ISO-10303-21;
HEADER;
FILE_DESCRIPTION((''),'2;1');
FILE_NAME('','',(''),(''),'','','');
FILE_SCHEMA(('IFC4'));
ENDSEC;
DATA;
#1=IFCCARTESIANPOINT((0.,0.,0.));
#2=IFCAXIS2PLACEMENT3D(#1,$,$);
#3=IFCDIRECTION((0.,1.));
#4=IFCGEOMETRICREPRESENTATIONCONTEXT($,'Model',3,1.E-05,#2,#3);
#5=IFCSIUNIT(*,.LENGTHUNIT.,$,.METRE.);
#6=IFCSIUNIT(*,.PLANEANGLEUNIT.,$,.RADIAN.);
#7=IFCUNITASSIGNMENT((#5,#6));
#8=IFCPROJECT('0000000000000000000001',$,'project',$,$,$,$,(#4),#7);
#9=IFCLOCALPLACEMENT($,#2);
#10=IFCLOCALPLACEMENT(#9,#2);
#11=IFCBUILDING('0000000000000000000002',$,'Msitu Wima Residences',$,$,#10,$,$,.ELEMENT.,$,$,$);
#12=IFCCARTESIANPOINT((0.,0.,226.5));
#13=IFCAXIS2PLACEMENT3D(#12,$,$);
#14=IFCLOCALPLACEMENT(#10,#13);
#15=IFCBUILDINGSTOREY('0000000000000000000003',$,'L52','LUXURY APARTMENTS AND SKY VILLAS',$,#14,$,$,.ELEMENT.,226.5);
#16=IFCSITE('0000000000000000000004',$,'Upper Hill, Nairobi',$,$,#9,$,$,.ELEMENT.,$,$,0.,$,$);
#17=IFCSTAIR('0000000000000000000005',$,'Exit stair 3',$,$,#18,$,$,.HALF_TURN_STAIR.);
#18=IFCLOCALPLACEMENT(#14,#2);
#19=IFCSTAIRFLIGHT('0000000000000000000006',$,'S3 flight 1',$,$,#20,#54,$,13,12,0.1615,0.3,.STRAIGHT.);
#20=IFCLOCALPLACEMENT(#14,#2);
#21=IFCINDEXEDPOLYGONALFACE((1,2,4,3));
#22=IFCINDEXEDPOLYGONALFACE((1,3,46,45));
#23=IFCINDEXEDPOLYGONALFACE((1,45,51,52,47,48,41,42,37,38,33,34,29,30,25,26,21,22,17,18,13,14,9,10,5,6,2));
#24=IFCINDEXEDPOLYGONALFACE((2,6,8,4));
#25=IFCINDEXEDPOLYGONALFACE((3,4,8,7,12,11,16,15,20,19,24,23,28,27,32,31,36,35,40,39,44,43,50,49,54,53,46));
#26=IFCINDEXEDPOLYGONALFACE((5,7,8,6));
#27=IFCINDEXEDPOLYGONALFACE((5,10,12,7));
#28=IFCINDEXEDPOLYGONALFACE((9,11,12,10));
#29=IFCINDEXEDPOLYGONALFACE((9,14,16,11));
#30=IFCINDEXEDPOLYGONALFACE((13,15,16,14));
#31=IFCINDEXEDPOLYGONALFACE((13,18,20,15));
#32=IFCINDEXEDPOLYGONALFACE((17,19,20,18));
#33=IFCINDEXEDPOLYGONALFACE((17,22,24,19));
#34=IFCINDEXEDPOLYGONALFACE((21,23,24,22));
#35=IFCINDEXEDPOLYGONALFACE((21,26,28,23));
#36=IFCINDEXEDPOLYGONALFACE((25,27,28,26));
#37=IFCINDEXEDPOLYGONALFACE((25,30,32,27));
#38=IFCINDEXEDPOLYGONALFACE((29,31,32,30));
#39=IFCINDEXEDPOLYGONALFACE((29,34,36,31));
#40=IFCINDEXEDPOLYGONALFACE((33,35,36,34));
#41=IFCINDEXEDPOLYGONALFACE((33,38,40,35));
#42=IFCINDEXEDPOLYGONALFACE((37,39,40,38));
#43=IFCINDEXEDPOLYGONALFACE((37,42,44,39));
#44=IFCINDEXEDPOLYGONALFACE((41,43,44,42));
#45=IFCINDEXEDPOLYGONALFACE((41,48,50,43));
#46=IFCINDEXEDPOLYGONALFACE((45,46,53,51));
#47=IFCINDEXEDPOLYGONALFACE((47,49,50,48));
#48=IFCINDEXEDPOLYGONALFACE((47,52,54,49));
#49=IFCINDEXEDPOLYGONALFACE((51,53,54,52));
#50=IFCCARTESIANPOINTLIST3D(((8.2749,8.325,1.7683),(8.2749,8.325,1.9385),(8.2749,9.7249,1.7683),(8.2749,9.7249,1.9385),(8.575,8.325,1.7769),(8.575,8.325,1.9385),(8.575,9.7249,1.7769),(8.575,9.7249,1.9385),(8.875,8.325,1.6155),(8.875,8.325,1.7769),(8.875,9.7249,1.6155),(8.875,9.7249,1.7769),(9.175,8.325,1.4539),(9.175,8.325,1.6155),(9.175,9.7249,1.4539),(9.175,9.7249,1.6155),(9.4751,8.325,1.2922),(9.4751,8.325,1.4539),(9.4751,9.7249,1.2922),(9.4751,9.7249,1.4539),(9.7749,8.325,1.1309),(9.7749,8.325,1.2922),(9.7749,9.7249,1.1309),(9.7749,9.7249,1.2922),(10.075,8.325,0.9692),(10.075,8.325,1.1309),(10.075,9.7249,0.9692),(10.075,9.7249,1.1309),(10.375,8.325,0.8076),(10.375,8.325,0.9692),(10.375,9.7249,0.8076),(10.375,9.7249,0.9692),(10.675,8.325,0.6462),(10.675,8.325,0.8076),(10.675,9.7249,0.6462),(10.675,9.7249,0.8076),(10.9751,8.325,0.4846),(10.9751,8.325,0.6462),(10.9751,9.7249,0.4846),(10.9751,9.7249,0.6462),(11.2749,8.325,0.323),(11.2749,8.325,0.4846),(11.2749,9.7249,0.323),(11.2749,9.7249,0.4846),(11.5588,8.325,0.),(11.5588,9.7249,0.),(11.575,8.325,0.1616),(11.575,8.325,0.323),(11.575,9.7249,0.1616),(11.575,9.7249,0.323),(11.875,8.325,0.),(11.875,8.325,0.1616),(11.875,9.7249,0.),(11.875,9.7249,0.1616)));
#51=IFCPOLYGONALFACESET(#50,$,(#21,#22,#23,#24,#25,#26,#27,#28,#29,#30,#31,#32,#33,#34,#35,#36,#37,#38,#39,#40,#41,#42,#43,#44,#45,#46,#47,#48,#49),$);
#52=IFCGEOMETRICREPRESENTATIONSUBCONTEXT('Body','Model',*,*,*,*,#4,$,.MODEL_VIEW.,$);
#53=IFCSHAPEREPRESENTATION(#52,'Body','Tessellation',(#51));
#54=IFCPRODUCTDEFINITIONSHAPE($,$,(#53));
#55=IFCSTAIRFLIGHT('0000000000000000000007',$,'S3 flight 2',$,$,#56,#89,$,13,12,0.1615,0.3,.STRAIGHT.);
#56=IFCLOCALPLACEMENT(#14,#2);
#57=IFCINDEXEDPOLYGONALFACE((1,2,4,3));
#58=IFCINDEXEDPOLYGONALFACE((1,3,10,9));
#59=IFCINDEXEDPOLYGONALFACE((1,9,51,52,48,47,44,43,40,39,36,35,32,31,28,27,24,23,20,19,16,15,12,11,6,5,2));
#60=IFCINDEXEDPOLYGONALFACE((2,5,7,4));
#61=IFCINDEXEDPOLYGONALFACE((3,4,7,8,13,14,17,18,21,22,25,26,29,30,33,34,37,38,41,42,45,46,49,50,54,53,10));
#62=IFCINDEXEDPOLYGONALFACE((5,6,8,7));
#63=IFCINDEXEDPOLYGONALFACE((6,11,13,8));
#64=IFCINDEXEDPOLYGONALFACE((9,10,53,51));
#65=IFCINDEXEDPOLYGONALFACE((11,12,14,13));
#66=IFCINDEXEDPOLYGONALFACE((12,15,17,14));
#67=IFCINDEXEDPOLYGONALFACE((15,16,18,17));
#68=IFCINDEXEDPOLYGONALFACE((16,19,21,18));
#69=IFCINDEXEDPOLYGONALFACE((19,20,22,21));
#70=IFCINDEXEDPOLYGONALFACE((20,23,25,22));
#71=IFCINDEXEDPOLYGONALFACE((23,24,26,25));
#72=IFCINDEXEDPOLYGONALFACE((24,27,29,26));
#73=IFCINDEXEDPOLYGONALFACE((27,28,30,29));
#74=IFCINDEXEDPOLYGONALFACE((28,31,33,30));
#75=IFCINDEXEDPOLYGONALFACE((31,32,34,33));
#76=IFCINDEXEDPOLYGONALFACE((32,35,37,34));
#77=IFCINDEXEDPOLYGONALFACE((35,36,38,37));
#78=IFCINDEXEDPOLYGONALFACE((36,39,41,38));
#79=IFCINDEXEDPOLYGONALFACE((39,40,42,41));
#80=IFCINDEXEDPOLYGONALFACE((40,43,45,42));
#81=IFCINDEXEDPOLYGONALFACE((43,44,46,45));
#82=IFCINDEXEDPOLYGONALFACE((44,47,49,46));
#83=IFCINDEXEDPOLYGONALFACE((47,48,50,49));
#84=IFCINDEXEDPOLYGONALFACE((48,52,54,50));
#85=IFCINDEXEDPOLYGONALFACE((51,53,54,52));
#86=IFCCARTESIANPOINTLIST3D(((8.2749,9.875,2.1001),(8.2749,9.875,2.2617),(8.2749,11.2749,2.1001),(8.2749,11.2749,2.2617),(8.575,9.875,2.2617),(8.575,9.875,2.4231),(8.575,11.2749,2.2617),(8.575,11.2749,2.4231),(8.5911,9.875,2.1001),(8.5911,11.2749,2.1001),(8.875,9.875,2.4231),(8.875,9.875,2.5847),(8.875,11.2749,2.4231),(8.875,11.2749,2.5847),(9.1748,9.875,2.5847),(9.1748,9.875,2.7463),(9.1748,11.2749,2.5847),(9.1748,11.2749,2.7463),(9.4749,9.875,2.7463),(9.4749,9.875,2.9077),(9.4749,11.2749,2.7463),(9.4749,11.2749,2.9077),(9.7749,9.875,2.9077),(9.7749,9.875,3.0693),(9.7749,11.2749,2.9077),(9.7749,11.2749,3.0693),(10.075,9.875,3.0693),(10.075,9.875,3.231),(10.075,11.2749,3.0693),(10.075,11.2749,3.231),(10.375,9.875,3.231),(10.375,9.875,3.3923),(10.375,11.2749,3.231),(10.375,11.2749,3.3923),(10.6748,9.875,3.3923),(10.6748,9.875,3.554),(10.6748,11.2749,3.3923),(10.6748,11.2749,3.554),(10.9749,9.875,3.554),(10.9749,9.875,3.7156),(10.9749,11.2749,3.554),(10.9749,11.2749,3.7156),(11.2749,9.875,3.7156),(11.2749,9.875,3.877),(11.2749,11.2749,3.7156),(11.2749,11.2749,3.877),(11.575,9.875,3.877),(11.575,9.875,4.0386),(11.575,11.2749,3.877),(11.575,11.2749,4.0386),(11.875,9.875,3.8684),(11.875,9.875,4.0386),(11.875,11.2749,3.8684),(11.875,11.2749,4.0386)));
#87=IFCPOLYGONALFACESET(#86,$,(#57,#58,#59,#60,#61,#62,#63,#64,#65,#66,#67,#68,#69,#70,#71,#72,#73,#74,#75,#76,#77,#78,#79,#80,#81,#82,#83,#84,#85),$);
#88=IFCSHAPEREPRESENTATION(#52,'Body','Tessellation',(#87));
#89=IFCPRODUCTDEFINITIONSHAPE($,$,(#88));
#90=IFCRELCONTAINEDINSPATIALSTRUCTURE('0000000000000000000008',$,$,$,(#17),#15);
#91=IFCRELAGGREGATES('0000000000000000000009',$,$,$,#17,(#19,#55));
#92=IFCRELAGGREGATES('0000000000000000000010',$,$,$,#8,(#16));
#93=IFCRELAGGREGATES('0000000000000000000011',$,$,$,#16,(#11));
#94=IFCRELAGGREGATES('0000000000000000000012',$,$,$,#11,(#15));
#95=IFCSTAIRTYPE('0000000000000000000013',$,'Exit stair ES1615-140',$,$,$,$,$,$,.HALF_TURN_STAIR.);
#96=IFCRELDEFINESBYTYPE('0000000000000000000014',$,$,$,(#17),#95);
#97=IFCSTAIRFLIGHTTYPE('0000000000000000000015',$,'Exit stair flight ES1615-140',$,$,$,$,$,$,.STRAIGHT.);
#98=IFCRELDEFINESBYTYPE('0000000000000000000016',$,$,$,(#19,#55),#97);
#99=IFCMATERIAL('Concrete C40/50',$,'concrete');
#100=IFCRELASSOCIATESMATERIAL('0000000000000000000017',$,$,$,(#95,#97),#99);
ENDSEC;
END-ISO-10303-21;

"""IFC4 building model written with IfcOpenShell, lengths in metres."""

from ifc_helpers import new_model, si_unit, direction, frame, origin, place, context, subcontext, project, spatial, polyline, outline, extrude, material, type_object, element, aggregate, save


model = new_model("IFC4")

# Units and contexts
model_context = context("Model", 3, precision=1e-05, world=origin(), true_north=direction((0.0, 1.0)))
body_context = subcontext(model_context, "Body", "Model", "MODEL_VIEW")
ifc_project = project(units=[si_unit("LENGTHUNIT", "METRE"), si_unit("PLANEANGLEUNIT", "RADIAN")], contexts=[model_context])

# Site, building, storey
site_placement = place(None, origin())
site = spatial("IfcSite", under=ifc_project, at=site_placement, Name="Upper Hill, Nairobi", CompositionType="ELEMENT", RefElevation=0.0)
building_placement = place(site_placement, origin())
building = spatial("IfcBuilding", under=site, at=building_placement, Name="Msitu Wima Residences", CompositionType="ELEMENT")
storey_placement = place(building_placement, frame((0.0, 0.0, 226.5)))
storey = spatial("IfcBuildingStorey", under=building, at=storey_placement, Name="L52", Description="LUXURY APARTMENTS AND SKY VILLAS", CompositionType="ELEMENT", Elevation=226.5)

# Shared definitions
ifc_material_1 = material(Name="Concrete C40/50", Category="concrete")

# Stair, stair flights
stair_type = type_object("IfcStairType", Name="Exit stair ES1615-140", PredefinedType="HALF_TURN_STAIR", material=ifc_material_1)
stair_placement = place(storey_placement, origin())
stair = element("IfcStair", 1, at=stair_placement, inside=storey, type_object=stair_type, Name="Exit stair 3", PredefinedType="HALF_TURN_STAIR")
stair_flight_type = type_object("IfcStairFlightType", Name="Exit stair flight ES1615-140", PredefinedType="STRAIGHT", material=ifc_material_1)
stair_flight_1_placement = place(storey_placement, frame((11.875, 9.0249, 0.0), z_axis=(0.0, 0.0, 1.0), x_axis=(-1.0, 0.0, 0.0)))
stair_flight_1 = element("IfcStairFlight", 2, at=stair_flight_1_placement, type_object=stair_flight_type, Name="S3 flight 1", NumberOfRisers=13, NumberOfTreads=12, PredefinedType="STRAIGHT", RiserHeight=0.1615, TreadLength=0.3, context=body_context, shape_type="SweptSolid", body=[
    extrude(outline(polyline([(0.0, 0.0), (0.0, 0.1616), (0.3, 0.1616), (0.3, 0.323), (0.6001, 0.323), (0.6001, 0.4846), (0.8999, 0.4846), (0.8999, 0.6462), (1.2, 0.6462), (1.2, 0.8076), (1.5, 0.8076), (1.5, 0.9692), (1.8, 0.9692), (1.8, 1.1309), (2.1001, 1.1309), (2.1001, 1.2922), (2.3999, 1.2922), (2.3999, 1.4539), (2.7, 1.4539), (2.7, 1.6155), (3.0, 1.6155), (3.0, 1.7769), (3.3, 1.7769), (3.3, 1.9385), (3.6001, 1.9385), (3.6001, 2.1001), (3.6001, 1.7683), (0.3162, 0.0), (0.0, 0.0)])), frame((0.0, 0.7, 0.0), z_axis=(0.0, -1.0, 0.0), x_axis=(1.0, 0.0, 0.0)), (0.0, 0.0, 1.0), 1.3999),
])
stair_flight_2_placement = place(storey_placement, frame((8.2749, 10.575, 2.1001), z_axis=(0.0, 0.0, 1.0), x_axis=(1.0, 0.0, 0.0)))
stair_flight_2 = element("IfcStairFlight", 3, at=stair_flight_2_placement, type_object=stair_flight_type, Name="S3 flight 2", NumberOfRisers=13, NumberOfTreads=12, PredefinedType="STRAIGHT", RiserHeight=0.1615, TreadLength=0.3, context=body_context, shape_type="SweptSolid", body=[
    extrude(outline(polyline([(0.0, 0.0), (0.0, 0.1616), (0.3, 0.1616), (0.3, 0.323), (0.6001, 0.323), (0.6001, 0.4846), (0.8999, 0.4846), (0.8999, 0.6462), (1.2, 0.6462), (1.2, 0.8076), (1.5, 0.8076), (1.5, 0.9692), (1.8, 0.9692), (1.8, 1.1309), (2.1001, 1.1309), (2.1001, 1.2922), (2.3999, 1.2922), (2.3999, 1.4539), (2.7, 1.4539), (2.7, 1.6155), (3.0, 1.6155), (3.0, 1.7769), (3.3, 1.7769), (3.3, 1.9385), (3.6001, 1.9385), (3.6001, 2.1001), (3.6001, 1.7683), (0.3162, 0.0), (0.0, 0.0)])), frame((0.0, 0.7, 0.0), z_axis=(0.0, -1.0, 0.0), x_axis=(1.0, 0.0, 0.0)), (0.0, 0.0, 1.0), 1.3999),
])
aggregate(stair, [stair_flight_1, stair_flight_2])

save(model, "model.ifc")
